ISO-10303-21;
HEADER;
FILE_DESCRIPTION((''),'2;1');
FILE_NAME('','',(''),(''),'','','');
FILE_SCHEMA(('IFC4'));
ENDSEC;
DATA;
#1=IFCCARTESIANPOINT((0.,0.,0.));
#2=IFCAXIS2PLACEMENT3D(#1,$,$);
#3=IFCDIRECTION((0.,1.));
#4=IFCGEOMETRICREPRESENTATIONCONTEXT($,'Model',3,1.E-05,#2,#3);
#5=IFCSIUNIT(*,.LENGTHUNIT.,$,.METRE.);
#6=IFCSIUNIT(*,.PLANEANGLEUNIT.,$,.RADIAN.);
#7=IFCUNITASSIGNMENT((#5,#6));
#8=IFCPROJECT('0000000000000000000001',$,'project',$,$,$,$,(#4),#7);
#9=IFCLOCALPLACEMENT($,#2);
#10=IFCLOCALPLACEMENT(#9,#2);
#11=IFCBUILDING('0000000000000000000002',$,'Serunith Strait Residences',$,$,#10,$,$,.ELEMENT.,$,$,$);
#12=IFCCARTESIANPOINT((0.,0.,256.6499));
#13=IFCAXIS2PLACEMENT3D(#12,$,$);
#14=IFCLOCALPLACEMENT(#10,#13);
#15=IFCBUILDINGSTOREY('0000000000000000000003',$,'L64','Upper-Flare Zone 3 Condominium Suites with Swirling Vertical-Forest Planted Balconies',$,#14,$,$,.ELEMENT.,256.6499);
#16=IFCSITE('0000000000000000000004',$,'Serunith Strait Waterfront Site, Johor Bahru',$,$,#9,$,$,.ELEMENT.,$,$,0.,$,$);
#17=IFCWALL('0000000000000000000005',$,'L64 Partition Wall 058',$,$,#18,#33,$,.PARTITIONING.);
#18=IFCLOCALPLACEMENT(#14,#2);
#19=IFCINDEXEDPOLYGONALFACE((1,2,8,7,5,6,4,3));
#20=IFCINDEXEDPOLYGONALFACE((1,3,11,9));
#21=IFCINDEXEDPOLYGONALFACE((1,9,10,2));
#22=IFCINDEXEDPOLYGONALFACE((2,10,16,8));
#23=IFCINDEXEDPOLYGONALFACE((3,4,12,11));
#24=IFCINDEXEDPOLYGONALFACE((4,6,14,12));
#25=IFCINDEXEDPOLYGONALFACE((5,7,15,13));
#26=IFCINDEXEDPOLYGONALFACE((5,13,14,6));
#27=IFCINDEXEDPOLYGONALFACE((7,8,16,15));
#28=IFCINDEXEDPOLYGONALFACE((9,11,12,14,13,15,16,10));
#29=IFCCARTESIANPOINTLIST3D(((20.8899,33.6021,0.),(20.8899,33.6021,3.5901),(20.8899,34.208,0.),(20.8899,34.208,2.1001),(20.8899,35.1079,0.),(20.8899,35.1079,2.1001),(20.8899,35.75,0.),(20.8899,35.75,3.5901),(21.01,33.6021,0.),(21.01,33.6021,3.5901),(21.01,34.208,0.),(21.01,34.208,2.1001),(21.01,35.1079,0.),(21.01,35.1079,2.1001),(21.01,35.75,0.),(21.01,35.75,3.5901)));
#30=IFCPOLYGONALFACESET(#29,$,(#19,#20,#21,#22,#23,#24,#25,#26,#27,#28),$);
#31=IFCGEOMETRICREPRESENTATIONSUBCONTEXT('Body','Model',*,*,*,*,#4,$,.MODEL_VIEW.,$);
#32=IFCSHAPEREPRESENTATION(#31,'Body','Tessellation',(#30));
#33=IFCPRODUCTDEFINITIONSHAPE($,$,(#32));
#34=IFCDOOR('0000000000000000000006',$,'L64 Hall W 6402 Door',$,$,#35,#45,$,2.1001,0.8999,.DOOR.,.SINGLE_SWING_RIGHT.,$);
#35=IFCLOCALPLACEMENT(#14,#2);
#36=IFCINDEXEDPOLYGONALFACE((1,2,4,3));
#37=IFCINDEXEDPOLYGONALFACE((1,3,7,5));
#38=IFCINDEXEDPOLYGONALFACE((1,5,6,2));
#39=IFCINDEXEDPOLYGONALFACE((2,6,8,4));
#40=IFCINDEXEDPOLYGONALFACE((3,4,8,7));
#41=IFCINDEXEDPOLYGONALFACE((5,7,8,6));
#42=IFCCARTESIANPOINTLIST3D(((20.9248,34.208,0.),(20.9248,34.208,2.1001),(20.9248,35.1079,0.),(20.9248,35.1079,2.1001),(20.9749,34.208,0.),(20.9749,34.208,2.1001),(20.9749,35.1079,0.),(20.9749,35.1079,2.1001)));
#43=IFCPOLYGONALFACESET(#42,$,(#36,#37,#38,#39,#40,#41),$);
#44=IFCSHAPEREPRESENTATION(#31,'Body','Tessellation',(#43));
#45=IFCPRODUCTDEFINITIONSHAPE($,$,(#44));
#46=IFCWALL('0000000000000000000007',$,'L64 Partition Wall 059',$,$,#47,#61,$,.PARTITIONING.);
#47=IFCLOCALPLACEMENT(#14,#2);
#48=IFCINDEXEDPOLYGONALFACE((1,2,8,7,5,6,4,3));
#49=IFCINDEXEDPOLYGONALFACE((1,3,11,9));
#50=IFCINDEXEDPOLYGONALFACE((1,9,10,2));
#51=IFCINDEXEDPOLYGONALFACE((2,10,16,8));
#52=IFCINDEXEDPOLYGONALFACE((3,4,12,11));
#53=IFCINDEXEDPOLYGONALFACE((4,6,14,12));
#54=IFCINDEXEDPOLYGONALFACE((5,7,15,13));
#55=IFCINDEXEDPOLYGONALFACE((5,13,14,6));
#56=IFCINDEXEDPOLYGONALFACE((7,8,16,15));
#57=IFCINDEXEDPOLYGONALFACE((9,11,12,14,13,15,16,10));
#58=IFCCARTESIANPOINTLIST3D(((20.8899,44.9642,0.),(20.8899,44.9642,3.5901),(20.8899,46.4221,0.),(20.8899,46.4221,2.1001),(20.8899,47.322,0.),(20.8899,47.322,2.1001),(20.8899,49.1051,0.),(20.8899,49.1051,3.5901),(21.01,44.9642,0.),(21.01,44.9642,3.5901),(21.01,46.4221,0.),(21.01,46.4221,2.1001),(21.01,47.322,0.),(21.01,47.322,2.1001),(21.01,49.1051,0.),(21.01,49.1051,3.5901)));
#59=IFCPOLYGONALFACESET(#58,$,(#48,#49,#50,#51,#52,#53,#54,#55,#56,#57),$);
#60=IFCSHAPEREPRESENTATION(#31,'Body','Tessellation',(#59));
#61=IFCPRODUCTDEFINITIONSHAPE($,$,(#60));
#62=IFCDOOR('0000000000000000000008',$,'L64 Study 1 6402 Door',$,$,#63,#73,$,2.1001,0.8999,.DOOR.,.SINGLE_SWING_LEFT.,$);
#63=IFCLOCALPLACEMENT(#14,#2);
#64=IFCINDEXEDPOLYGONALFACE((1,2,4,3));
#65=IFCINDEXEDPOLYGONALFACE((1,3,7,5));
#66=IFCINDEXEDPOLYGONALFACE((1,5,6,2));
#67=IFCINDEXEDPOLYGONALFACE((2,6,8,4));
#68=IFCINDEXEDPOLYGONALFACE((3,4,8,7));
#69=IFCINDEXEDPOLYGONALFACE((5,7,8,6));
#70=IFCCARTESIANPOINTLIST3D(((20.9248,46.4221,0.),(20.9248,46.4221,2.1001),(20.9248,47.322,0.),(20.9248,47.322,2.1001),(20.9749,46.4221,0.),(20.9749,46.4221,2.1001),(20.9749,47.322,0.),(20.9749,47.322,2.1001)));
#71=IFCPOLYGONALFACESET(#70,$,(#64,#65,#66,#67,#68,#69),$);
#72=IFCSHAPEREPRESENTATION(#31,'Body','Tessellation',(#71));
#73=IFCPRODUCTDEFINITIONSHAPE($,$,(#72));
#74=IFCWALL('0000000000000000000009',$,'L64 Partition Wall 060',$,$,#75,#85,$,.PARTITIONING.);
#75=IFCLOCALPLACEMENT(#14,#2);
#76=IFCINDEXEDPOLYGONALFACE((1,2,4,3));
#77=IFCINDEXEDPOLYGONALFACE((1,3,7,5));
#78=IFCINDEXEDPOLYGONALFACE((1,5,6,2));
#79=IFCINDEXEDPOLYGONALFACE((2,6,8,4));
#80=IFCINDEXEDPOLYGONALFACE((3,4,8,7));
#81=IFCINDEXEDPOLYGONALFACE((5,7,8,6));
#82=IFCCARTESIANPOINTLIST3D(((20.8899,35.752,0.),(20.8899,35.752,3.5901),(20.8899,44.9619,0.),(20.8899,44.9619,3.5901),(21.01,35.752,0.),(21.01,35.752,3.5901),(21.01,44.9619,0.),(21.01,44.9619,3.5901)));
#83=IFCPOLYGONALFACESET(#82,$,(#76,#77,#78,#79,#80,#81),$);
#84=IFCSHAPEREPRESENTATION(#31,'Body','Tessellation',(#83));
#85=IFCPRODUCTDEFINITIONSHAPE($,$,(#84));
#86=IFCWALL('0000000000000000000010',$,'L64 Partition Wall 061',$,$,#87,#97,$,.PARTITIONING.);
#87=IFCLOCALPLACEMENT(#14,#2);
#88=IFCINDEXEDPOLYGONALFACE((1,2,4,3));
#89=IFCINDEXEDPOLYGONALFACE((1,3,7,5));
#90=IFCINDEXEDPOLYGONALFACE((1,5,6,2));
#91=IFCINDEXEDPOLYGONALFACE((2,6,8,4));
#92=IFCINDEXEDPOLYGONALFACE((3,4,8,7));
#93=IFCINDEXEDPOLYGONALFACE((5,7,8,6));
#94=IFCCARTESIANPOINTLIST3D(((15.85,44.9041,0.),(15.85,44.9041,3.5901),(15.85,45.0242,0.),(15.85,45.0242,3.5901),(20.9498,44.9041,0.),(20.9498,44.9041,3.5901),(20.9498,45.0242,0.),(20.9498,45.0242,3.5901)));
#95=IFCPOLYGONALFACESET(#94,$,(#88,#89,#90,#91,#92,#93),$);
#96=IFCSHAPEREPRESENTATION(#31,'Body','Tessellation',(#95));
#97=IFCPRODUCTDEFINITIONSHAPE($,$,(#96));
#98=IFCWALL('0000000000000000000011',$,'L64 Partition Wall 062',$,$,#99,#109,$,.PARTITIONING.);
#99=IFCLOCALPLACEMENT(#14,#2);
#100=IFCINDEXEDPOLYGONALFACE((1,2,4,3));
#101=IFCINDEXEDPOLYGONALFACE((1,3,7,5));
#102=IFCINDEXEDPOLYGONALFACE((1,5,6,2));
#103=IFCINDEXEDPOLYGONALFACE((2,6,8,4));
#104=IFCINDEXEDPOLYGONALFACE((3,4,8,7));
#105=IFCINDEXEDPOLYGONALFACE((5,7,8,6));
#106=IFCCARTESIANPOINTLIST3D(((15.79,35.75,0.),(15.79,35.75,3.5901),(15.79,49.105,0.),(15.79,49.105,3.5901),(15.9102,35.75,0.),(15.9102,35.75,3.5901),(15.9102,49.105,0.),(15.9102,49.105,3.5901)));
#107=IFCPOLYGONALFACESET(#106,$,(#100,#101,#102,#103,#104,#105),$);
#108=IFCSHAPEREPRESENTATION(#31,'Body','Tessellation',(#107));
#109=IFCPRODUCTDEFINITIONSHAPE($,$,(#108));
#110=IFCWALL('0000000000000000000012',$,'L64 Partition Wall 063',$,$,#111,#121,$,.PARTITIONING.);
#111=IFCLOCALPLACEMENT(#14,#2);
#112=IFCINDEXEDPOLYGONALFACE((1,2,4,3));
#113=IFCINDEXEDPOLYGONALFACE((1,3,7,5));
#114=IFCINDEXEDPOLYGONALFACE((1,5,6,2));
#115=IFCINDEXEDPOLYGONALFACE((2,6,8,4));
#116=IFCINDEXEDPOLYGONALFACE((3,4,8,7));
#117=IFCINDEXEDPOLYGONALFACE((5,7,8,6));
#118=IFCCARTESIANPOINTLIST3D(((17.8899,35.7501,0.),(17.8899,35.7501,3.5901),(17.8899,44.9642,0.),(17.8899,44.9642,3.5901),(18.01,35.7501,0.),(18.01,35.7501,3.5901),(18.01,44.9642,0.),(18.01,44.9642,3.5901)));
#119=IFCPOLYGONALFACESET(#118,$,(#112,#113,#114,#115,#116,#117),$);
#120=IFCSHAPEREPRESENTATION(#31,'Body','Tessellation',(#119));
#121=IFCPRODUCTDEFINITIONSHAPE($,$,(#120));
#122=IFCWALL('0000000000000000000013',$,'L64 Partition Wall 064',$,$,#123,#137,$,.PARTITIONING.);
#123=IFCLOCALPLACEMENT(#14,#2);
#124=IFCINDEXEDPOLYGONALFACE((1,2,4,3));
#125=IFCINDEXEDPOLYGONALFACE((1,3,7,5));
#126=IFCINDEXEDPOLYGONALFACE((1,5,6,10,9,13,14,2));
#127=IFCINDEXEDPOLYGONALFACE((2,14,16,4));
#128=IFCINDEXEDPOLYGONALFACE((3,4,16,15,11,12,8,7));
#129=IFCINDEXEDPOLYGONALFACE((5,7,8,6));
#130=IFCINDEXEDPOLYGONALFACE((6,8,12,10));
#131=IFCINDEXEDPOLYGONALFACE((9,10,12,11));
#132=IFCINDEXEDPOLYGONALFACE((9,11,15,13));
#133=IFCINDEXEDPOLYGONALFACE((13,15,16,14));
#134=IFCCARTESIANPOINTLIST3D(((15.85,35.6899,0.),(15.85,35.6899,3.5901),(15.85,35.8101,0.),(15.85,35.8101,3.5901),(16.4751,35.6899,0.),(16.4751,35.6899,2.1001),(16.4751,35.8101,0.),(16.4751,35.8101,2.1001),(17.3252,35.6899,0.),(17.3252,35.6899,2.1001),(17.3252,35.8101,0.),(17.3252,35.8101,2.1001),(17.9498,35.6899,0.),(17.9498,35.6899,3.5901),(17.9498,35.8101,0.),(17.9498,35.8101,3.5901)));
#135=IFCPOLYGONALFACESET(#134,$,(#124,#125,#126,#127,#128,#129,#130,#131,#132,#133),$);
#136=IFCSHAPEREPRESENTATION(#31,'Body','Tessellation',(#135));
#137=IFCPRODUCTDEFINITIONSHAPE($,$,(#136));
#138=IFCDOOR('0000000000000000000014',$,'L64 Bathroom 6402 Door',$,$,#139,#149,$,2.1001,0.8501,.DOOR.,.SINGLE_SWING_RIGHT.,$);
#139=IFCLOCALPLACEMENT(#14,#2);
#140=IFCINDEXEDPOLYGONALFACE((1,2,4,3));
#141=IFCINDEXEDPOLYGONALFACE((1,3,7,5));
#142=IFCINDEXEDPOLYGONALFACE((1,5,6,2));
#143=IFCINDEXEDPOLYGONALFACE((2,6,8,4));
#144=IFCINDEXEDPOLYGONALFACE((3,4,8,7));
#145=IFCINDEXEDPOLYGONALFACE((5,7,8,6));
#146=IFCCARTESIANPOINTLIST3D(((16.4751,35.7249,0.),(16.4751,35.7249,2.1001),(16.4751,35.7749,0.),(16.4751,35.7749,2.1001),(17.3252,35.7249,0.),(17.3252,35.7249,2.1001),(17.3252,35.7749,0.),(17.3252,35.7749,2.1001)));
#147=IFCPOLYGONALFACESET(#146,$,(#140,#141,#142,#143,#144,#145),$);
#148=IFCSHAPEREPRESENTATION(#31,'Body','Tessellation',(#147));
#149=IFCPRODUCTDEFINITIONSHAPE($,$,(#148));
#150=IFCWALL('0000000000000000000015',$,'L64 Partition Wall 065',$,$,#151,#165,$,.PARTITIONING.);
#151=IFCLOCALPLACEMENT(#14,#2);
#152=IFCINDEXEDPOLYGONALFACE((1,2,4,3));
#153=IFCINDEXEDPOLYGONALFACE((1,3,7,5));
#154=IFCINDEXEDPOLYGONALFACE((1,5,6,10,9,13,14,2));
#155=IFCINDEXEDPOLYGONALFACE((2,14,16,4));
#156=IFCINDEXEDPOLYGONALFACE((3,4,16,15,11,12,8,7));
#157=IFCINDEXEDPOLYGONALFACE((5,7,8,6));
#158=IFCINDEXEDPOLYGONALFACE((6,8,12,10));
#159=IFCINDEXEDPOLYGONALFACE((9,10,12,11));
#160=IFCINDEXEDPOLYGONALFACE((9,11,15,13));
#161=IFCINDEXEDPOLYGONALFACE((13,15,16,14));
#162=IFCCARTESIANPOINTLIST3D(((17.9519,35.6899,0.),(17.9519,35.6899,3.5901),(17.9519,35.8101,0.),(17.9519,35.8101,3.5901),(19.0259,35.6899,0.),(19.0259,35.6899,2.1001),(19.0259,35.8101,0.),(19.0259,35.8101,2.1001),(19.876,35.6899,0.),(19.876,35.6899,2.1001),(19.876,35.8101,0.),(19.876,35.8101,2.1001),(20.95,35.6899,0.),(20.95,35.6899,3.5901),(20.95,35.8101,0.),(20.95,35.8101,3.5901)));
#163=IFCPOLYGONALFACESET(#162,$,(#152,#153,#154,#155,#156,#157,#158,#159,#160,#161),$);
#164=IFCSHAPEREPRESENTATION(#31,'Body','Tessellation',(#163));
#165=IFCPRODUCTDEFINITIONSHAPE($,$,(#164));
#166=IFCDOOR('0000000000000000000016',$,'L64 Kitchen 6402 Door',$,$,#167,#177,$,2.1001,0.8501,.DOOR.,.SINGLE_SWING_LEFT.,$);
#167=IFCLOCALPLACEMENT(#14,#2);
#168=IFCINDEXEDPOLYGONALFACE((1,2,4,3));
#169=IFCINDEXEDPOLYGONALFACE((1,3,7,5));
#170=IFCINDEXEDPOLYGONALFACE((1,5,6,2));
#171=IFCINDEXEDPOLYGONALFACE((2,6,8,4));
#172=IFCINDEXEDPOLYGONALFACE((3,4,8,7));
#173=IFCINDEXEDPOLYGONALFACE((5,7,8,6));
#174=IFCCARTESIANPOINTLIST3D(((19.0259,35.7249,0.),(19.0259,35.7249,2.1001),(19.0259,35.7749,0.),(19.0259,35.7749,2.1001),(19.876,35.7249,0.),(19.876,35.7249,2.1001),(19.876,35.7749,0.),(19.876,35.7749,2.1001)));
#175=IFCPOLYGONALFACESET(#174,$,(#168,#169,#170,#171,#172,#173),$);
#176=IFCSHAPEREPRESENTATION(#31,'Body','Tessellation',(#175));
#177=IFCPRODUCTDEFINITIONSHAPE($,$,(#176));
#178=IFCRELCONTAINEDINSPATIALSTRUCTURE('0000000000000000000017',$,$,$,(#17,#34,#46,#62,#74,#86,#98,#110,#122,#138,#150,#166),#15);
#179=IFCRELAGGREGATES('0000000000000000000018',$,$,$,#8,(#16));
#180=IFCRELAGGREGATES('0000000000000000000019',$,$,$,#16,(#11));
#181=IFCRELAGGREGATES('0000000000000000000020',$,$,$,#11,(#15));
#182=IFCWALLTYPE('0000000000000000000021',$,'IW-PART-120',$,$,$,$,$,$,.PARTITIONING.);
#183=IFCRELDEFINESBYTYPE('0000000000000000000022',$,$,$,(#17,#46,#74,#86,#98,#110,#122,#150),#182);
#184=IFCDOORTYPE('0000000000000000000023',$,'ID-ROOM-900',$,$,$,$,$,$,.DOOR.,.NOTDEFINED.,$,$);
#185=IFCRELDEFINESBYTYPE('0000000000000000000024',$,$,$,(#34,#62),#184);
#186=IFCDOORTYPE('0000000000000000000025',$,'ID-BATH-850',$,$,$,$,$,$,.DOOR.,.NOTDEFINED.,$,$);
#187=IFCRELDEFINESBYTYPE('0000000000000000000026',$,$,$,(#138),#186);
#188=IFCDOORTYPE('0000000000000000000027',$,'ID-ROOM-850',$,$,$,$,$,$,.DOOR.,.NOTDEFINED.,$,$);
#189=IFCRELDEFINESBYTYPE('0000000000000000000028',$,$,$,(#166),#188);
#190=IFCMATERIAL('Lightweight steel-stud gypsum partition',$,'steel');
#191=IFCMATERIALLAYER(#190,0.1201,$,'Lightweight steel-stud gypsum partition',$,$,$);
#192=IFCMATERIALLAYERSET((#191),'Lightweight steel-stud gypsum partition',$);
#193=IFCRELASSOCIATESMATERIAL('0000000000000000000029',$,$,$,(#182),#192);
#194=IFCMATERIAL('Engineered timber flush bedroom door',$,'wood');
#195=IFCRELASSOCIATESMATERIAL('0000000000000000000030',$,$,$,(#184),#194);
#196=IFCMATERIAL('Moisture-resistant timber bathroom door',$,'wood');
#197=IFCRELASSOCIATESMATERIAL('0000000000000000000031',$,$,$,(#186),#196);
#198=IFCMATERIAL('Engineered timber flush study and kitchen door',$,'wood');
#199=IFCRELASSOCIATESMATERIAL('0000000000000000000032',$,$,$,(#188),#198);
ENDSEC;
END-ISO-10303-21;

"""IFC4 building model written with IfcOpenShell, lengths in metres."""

from ifc_helpers import new_model, si_unit, direction, frame, frame_2d, origin, place, context, subcontext, project, spatial, rectangle, extrude, source, transform, mapped, material, layer, layer_set, type_object, element, fill, save


model = new_model("IFC4")

# Units and contexts
model_context = context("Model", 3, precision=1e-05, world=origin(), true_north=direction((0.0, 1.0)))
body_context = subcontext(model_context, "Body", "Model", "MODEL_VIEW")
ifc_project = project(units=[si_unit("LENGTHUNIT", "METRE"), si_unit("PLANEANGLEUNIT", "RADIAN")], contexts=[model_context])

# Site, building, storey
site_placement = place(None, origin())
site = spatial("IfcSite", under=ifc_project, at=site_placement, Name="Serunith Strait Waterfront Site, Johor Bahru", CompositionType="ELEMENT", RefElevation=0.0)
building_placement = place(site_placement, origin())
building = spatial("IfcBuilding", under=site, at=building_placement, Name="Serunith Strait Residences", CompositionType="ELEMENT")
storey_placement = place(building_placement, frame((0.0, 0.0, 256.6499)))
storey = spatial("IfcBuildingStorey", under=building, at=storey_placement, Name="L64", Description="Upper-Flare Zone 3 Condominium Suites with Swirling Vertical-Forest Planted Balconies", CompositionType="ELEMENT", Elevation=256.6499)

# Walls, openings, doors
ifc_material_1 = material(Name="Lightweight steel-stud gypsum partition", Category="steel")
ifc_layer_1 = layer(ifc_material_1, 0.1201, Name="Lightweight steel-stud gypsum partition")
ifc_layer_set_1 = layer_set([ifc_layer_1], Name="Lightweight steel-stud gypsum partition")
wall_type = type_object("IfcWallType", Name="IW-PART-120", PredefinedType="PARTITIONING", material=ifc_layer_set_1)
wall_1_placement = place(storey_placement, frame((20.95, 35.75, 0.0), z_axis=(0.0, 0.0, 1.0), x_axis=(0.0, -1.0, 0.0)))
wall_1 = element("IfcWall", 1, at=wall_1_placement, inside=storey, type_object=wall_type, Name="L64 Partition Wall 058", PredefinedType="PARTITIONING", context=body_context, shape_type="SweptSolid", body=[
    extrude(rectangle(XDim=2.1479, YDim=0.1201, at=frame_2d((1.074, 0.0))), origin(), (0.0, 0.0, 1.0), 3.5901),
])
opening_1_placement = place(wall_1_placement, frame((0.6421, 0.0, 0.0)))
opening_1 = element("IfcOpeningElement", 2, at=opening_1_placement, cuts=wall_1, PredefinedType="OPENING", context=body_context, shape_type="SweptSolid", body=[
    extrude(rectangle(XDim=0.8999, YDim=2.1001, at=frame_2d((0.45, 1.05))), frame((0.0, 0.0701, 0.0), z_axis=(0.0, -1.0, 0.0), x_axis=(1.0, 0.0, 0.0)), (0.0, 0.0, 1.0), 0.1401),
])
ifc_material_2 = material(Name="Engineered timber flush bedroom door", Category="wood")
door_type_1 = type_object("IfcDoorType", Name="ID-ROOM-900", OperationType="NOTDEFINED", PredefinedType="DOOR", material=ifc_material_2)
shared_shape_1 = source(origin(), body_context, "Body", "SweptSolid", [
    extrude(rectangle(XDim=0.8999, YDim=2.1001, at=frame_2d((0.45, 1.05))), frame((0.0, 0.0249, 0.0), z_axis=(0.0, -1.0, 0.0), x_axis=(1.0, 0.0, 0.0)), (0.0, 0.0, 1.0), 0.05),
])
door_1_placement = place(opening_1_placement, origin())
door_1 = element("IfcDoor", 3, at=door_1_placement, inside=storey, type_object=door_type_1, Name="L64 Hall W 6402 Door", OperationType="SINGLE_SWING_RIGHT", OverallHeight=2.1001, OverallWidth=0.8999, PredefinedType="DOOR", context=body_context, shape_type="MappedRepresentation", body=[
    mapped(shared_shape_1, transform((0.0, 0.0, 0.0), scale=1.0)),
])
fill(opening_1, door_1)
wall_2_placement = place(storey_placement, frame((20.95, 49.105, 0.0), z_axis=(0.0, 0.0, 1.0), x_axis=(0.0, -1.0, 0.0)))
wall_2 = element("IfcWall", 4, at=wall_2_placement, inside=storey, type_object=wall_type, Name="L64 Partition Wall 059", PredefinedType="PARTITIONING", context=body_context, shape_type="SweptSolid", body=[
    extrude(rectangle(XDim=4.1409, YDim=0.1201, at=frame_2d((2.0703, 0.0))), origin(), (0.0, 0.0, 1.0), 3.5901),
])
opening_2_placement = place(wall_2_placement, frame((1.783, 0.0, 0.0)))
opening_2 = element("IfcOpeningElement", 5, at=opening_2_placement, cuts=wall_2, PredefinedType="OPENING", context=body_context, shape_type="SweptSolid", body=[
    extrude(rectangle(XDim=0.8999, YDim=2.1001, at=frame_2d((0.45, 1.05))), frame((0.0, 0.0701, 0.0), z_axis=(0.0, -1.0, 0.0), x_axis=(1.0, 0.0, 0.0)), (0.0, 0.0, 1.0), 0.1401),
])
door_2_placement = place(opening_2_placement, origin())
door_2 = element("IfcDoor", 6, at=door_2_placement, inside=storey, type_object=door_type_1, Name="L64 Study 1 6402 Door", OperationType="SINGLE_SWING_LEFT", OverallHeight=2.1001, OverallWidth=0.8999, PredefinedType="DOOR", context=body_context, shape_type="MappedRepresentation", body=[
    mapped(shared_shape_1, transform((0.0, 0.0, 0.0), scale=1.0)),
])
fill(opening_2, door_2)

# Walls
wall_3_placement = place(storey_placement, frame((20.95, 44.9619, 0.0), z_axis=(0.0, 0.0, 1.0), x_axis=(0.0, -1.0, 0.0)))
element("IfcWall", 7, at=wall_3_placement, inside=storey, type_object=wall_type, Name="L64 Partition Wall 060", PredefinedType="PARTITIONING", context=body_context, shape_type="SweptSolid", body=[
    extrude(rectangle(XDim=9.21, YDim=0.1201, at=frame_2d((4.605, 0.0))), origin(), (0.0, 0.0, 1.0), 3.5901),
])
wall_4_placement = place(storey_placement, frame((15.8501, 44.9641, 0.0), z_axis=(0.0, 0.0, 1.0), x_axis=(1.0, 0.0, 0.0)))
element("IfcWall", 8, at=wall_4_placement, inside=storey, type_object=wall_type, Name="L64 Partition Wall 061", PredefinedType="PARTITIONING", context=body_context, shape_type="SweptSolid", body=[
    extrude(rectangle(XDim=5.0999, YDim=0.1201, at=frame_2d((2.5498, 0.0))), origin(), (0.0, 0.0, 1.0), 3.5901),
])
wall_5_placement = place(storey_placement, frame((15.8501, 49.105, 0.0), z_axis=(0.0, 0.0, 1.0), x_axis=(0.0, -1.0, 0.0)))
element("IfcWall", 9, at=wall_5_placement, inside=storey, type_object=wall_type, Name="L64 Partition Wall 062", PredefinedType="PARTITIONING", context=body_context, shape_type="SweptSolid", body=[
    extrude(rectangle(XDim=13.355, YDim=0.1201, at=frame_2d((6.6775, 0.0))), origin(), (0.0, 0.0, 1.0), 3.5901),
])
wall_6_placement = place(storey_placement, frame((17.95, 44.9641, 0.0), z_axis=(0.0, 0.0, 1.0), x_axis=(0.0, -1.0, 0.0)))
element("IfcWall", 10, at=wall_6_placement, inside=storey, type_object=wall_type, Name="L64 Partition Wall 063", PredefinedType="PARTITIONING", context=body_context, shape_type="SweptSolid", body=[
    extrude(rectangle(XDim=9.2141, YDim=0.1201, at=frame_2d((4.6069, 0.0))), origin(), (0.0, 0.0, 1.0), 3.5901),
])

# Walls, openings, doors
wall_7_placement = place(storey_placement, frame((15.8501, 35.75, 0.0), z_axis=(0.0, 0.0, 1.0), x_axis=(1.0, 0.0, 0.0)))
wall_7 = element("IfcWall", 11, at=wall_7_placement, inside=storey, type_object=wall_type, Name="L64 Partition Wall 064", PredefinedType="PARTITIONING", context=body_context, shape_type="SweptSolid", body=[
    extrude(rectangle(XDim=2.0999, YDim=0.1201, at=frame_2d((1.0498, 0.0))), origin(), (0.0, 0.0, 1.0), 3.5901),
])
opening_3_placement = place(wall_7_placement, frame((0.625, 0.0, 0.0)))
opening_3 = element("IfcOpeningElement", 12, at=opening_3_placement, cuts=wall_7, PredefinedType="OPENING", context=body_context, shape_type="SweptSolid", body=[
    extrude(rectangle(XDim=0.8501, YDim=2.1001, at=frame_2d((0.425, 1.05))), frame((0.0, 0.0701, 0.0), z_axis=(0.0, -1.0, 0.0), x_axis=(1.0, 0.0, 0.0)), (0.0, 0.0, 1.0), 0.1401),
])
ifc_material_3 = material(Name="Moisture-resistant timber bathroom door", Category="wood")
door_type_2 = type_object("IfcDoorType", Name="ID-BATH-850", OperationType="NOTDEFINED", PredefinedType="DOOR", material=ifc_material_3)
shared_shape_2 = source(origin(), body_context, "Body", "SweptSolid", [
    extrude(rectangle(XDim=0.8501, YDim=2.1001, at=frame_2d((0.425, 1.05))), frame((0.0, 0.0249, 0.0), z_axis=(0.0, -1.0, 0.0), x_axis=(1.0, 0.0, 0.0)), (0.0, 0.0, 1.0), 0.05),
])
door_3_placement = place(opening_3_placement, origin())
door_3 = element("IfcDoor", 13, at=door_3_placement, inside=storey, type_object=door_type_2, Name="L64 Bathroom 6402 Door", OperationType="SINGLE_SWING_RIGHT", OverallHeight=2.1001, OverallWidth=0.8501, PredefinedType="DOOR", context=body_context, shape_type="MappedRepresentation", body=[
    mapped(shared_shape_2, transform((0.0, 0.0, 0.0), scale=1.0)),
])
fill(opening_3, door_3)
wall_8_placement = place(storey_placement, frame((17.9519, 35.75, 0.0), z_axis=(0.0, 0.0, 1.0), x_axis=(1.0, 0.0, 0.0)))
wall_8 = element("IfcWall", 14, at=wall_8_placement, inside=storey, type_object=wall_type, Name="L64 Partition Wall 065", PredefinedType="PARTITIONING", context=body_context, shape_type="SweptSolid", body=[
    extrude(rectangle(XDim=2.998, YDim=0.1201, at=frame_2d((1.499, 0.0))), origin(), (0.0, 0.0, 1.0), 3.5901),
])
opening_4_placement = place(wall_8_placement, frame((1.074, 0.0, 0.0)))
opening_4 = element("IfcOpeningElement", 15, at=opening_4_placement, cuts=wall_8, PredefinedType="OPENING", context=body_context, shape_type="SweptSolid", body=[
    extrude(rectangle(XDim=0.8501, YDim=2.1001, at=frame_2d((0.425, 1.05))), frame((0.0, 0.0701, 0.0), z_axis=(0.0, -1.0, 0.0), x_axis=(1.0, 0.0, 0.0)), (0.0, 0.0, 1.0), 0.1401),
])
ifc_material_4 = material(Name="Engineered timber flush study and kitchen door", Category="wood")
door_type_3 = type_object("IfcDoorType", Name="ID-ROOM-850", OperationType="NOTDEFINED", PredefinedType="DOOR", material=ifc_material_4)
door_4_placement = place(opening_4_placement, origin())
door_4 = element("IfcDoor", 16, at=door_4_placement, inside=storey, type_object=door_type_3, Name="L64 Kitchen 6402 Door", OperationType="SINGLE_SWING_LEFT", OverallHeight=2.1001, OverallWidth=0.8501, PredefinedType="DOOR", context=body_context, shape_type="MappedRepresentation", body=[
    mapped(shared_shape_2, transform((0.0, 0.0, 0.0), scale=1.0)),
])
fill(opening_4, door_4)

save(model, "model.ifc")
